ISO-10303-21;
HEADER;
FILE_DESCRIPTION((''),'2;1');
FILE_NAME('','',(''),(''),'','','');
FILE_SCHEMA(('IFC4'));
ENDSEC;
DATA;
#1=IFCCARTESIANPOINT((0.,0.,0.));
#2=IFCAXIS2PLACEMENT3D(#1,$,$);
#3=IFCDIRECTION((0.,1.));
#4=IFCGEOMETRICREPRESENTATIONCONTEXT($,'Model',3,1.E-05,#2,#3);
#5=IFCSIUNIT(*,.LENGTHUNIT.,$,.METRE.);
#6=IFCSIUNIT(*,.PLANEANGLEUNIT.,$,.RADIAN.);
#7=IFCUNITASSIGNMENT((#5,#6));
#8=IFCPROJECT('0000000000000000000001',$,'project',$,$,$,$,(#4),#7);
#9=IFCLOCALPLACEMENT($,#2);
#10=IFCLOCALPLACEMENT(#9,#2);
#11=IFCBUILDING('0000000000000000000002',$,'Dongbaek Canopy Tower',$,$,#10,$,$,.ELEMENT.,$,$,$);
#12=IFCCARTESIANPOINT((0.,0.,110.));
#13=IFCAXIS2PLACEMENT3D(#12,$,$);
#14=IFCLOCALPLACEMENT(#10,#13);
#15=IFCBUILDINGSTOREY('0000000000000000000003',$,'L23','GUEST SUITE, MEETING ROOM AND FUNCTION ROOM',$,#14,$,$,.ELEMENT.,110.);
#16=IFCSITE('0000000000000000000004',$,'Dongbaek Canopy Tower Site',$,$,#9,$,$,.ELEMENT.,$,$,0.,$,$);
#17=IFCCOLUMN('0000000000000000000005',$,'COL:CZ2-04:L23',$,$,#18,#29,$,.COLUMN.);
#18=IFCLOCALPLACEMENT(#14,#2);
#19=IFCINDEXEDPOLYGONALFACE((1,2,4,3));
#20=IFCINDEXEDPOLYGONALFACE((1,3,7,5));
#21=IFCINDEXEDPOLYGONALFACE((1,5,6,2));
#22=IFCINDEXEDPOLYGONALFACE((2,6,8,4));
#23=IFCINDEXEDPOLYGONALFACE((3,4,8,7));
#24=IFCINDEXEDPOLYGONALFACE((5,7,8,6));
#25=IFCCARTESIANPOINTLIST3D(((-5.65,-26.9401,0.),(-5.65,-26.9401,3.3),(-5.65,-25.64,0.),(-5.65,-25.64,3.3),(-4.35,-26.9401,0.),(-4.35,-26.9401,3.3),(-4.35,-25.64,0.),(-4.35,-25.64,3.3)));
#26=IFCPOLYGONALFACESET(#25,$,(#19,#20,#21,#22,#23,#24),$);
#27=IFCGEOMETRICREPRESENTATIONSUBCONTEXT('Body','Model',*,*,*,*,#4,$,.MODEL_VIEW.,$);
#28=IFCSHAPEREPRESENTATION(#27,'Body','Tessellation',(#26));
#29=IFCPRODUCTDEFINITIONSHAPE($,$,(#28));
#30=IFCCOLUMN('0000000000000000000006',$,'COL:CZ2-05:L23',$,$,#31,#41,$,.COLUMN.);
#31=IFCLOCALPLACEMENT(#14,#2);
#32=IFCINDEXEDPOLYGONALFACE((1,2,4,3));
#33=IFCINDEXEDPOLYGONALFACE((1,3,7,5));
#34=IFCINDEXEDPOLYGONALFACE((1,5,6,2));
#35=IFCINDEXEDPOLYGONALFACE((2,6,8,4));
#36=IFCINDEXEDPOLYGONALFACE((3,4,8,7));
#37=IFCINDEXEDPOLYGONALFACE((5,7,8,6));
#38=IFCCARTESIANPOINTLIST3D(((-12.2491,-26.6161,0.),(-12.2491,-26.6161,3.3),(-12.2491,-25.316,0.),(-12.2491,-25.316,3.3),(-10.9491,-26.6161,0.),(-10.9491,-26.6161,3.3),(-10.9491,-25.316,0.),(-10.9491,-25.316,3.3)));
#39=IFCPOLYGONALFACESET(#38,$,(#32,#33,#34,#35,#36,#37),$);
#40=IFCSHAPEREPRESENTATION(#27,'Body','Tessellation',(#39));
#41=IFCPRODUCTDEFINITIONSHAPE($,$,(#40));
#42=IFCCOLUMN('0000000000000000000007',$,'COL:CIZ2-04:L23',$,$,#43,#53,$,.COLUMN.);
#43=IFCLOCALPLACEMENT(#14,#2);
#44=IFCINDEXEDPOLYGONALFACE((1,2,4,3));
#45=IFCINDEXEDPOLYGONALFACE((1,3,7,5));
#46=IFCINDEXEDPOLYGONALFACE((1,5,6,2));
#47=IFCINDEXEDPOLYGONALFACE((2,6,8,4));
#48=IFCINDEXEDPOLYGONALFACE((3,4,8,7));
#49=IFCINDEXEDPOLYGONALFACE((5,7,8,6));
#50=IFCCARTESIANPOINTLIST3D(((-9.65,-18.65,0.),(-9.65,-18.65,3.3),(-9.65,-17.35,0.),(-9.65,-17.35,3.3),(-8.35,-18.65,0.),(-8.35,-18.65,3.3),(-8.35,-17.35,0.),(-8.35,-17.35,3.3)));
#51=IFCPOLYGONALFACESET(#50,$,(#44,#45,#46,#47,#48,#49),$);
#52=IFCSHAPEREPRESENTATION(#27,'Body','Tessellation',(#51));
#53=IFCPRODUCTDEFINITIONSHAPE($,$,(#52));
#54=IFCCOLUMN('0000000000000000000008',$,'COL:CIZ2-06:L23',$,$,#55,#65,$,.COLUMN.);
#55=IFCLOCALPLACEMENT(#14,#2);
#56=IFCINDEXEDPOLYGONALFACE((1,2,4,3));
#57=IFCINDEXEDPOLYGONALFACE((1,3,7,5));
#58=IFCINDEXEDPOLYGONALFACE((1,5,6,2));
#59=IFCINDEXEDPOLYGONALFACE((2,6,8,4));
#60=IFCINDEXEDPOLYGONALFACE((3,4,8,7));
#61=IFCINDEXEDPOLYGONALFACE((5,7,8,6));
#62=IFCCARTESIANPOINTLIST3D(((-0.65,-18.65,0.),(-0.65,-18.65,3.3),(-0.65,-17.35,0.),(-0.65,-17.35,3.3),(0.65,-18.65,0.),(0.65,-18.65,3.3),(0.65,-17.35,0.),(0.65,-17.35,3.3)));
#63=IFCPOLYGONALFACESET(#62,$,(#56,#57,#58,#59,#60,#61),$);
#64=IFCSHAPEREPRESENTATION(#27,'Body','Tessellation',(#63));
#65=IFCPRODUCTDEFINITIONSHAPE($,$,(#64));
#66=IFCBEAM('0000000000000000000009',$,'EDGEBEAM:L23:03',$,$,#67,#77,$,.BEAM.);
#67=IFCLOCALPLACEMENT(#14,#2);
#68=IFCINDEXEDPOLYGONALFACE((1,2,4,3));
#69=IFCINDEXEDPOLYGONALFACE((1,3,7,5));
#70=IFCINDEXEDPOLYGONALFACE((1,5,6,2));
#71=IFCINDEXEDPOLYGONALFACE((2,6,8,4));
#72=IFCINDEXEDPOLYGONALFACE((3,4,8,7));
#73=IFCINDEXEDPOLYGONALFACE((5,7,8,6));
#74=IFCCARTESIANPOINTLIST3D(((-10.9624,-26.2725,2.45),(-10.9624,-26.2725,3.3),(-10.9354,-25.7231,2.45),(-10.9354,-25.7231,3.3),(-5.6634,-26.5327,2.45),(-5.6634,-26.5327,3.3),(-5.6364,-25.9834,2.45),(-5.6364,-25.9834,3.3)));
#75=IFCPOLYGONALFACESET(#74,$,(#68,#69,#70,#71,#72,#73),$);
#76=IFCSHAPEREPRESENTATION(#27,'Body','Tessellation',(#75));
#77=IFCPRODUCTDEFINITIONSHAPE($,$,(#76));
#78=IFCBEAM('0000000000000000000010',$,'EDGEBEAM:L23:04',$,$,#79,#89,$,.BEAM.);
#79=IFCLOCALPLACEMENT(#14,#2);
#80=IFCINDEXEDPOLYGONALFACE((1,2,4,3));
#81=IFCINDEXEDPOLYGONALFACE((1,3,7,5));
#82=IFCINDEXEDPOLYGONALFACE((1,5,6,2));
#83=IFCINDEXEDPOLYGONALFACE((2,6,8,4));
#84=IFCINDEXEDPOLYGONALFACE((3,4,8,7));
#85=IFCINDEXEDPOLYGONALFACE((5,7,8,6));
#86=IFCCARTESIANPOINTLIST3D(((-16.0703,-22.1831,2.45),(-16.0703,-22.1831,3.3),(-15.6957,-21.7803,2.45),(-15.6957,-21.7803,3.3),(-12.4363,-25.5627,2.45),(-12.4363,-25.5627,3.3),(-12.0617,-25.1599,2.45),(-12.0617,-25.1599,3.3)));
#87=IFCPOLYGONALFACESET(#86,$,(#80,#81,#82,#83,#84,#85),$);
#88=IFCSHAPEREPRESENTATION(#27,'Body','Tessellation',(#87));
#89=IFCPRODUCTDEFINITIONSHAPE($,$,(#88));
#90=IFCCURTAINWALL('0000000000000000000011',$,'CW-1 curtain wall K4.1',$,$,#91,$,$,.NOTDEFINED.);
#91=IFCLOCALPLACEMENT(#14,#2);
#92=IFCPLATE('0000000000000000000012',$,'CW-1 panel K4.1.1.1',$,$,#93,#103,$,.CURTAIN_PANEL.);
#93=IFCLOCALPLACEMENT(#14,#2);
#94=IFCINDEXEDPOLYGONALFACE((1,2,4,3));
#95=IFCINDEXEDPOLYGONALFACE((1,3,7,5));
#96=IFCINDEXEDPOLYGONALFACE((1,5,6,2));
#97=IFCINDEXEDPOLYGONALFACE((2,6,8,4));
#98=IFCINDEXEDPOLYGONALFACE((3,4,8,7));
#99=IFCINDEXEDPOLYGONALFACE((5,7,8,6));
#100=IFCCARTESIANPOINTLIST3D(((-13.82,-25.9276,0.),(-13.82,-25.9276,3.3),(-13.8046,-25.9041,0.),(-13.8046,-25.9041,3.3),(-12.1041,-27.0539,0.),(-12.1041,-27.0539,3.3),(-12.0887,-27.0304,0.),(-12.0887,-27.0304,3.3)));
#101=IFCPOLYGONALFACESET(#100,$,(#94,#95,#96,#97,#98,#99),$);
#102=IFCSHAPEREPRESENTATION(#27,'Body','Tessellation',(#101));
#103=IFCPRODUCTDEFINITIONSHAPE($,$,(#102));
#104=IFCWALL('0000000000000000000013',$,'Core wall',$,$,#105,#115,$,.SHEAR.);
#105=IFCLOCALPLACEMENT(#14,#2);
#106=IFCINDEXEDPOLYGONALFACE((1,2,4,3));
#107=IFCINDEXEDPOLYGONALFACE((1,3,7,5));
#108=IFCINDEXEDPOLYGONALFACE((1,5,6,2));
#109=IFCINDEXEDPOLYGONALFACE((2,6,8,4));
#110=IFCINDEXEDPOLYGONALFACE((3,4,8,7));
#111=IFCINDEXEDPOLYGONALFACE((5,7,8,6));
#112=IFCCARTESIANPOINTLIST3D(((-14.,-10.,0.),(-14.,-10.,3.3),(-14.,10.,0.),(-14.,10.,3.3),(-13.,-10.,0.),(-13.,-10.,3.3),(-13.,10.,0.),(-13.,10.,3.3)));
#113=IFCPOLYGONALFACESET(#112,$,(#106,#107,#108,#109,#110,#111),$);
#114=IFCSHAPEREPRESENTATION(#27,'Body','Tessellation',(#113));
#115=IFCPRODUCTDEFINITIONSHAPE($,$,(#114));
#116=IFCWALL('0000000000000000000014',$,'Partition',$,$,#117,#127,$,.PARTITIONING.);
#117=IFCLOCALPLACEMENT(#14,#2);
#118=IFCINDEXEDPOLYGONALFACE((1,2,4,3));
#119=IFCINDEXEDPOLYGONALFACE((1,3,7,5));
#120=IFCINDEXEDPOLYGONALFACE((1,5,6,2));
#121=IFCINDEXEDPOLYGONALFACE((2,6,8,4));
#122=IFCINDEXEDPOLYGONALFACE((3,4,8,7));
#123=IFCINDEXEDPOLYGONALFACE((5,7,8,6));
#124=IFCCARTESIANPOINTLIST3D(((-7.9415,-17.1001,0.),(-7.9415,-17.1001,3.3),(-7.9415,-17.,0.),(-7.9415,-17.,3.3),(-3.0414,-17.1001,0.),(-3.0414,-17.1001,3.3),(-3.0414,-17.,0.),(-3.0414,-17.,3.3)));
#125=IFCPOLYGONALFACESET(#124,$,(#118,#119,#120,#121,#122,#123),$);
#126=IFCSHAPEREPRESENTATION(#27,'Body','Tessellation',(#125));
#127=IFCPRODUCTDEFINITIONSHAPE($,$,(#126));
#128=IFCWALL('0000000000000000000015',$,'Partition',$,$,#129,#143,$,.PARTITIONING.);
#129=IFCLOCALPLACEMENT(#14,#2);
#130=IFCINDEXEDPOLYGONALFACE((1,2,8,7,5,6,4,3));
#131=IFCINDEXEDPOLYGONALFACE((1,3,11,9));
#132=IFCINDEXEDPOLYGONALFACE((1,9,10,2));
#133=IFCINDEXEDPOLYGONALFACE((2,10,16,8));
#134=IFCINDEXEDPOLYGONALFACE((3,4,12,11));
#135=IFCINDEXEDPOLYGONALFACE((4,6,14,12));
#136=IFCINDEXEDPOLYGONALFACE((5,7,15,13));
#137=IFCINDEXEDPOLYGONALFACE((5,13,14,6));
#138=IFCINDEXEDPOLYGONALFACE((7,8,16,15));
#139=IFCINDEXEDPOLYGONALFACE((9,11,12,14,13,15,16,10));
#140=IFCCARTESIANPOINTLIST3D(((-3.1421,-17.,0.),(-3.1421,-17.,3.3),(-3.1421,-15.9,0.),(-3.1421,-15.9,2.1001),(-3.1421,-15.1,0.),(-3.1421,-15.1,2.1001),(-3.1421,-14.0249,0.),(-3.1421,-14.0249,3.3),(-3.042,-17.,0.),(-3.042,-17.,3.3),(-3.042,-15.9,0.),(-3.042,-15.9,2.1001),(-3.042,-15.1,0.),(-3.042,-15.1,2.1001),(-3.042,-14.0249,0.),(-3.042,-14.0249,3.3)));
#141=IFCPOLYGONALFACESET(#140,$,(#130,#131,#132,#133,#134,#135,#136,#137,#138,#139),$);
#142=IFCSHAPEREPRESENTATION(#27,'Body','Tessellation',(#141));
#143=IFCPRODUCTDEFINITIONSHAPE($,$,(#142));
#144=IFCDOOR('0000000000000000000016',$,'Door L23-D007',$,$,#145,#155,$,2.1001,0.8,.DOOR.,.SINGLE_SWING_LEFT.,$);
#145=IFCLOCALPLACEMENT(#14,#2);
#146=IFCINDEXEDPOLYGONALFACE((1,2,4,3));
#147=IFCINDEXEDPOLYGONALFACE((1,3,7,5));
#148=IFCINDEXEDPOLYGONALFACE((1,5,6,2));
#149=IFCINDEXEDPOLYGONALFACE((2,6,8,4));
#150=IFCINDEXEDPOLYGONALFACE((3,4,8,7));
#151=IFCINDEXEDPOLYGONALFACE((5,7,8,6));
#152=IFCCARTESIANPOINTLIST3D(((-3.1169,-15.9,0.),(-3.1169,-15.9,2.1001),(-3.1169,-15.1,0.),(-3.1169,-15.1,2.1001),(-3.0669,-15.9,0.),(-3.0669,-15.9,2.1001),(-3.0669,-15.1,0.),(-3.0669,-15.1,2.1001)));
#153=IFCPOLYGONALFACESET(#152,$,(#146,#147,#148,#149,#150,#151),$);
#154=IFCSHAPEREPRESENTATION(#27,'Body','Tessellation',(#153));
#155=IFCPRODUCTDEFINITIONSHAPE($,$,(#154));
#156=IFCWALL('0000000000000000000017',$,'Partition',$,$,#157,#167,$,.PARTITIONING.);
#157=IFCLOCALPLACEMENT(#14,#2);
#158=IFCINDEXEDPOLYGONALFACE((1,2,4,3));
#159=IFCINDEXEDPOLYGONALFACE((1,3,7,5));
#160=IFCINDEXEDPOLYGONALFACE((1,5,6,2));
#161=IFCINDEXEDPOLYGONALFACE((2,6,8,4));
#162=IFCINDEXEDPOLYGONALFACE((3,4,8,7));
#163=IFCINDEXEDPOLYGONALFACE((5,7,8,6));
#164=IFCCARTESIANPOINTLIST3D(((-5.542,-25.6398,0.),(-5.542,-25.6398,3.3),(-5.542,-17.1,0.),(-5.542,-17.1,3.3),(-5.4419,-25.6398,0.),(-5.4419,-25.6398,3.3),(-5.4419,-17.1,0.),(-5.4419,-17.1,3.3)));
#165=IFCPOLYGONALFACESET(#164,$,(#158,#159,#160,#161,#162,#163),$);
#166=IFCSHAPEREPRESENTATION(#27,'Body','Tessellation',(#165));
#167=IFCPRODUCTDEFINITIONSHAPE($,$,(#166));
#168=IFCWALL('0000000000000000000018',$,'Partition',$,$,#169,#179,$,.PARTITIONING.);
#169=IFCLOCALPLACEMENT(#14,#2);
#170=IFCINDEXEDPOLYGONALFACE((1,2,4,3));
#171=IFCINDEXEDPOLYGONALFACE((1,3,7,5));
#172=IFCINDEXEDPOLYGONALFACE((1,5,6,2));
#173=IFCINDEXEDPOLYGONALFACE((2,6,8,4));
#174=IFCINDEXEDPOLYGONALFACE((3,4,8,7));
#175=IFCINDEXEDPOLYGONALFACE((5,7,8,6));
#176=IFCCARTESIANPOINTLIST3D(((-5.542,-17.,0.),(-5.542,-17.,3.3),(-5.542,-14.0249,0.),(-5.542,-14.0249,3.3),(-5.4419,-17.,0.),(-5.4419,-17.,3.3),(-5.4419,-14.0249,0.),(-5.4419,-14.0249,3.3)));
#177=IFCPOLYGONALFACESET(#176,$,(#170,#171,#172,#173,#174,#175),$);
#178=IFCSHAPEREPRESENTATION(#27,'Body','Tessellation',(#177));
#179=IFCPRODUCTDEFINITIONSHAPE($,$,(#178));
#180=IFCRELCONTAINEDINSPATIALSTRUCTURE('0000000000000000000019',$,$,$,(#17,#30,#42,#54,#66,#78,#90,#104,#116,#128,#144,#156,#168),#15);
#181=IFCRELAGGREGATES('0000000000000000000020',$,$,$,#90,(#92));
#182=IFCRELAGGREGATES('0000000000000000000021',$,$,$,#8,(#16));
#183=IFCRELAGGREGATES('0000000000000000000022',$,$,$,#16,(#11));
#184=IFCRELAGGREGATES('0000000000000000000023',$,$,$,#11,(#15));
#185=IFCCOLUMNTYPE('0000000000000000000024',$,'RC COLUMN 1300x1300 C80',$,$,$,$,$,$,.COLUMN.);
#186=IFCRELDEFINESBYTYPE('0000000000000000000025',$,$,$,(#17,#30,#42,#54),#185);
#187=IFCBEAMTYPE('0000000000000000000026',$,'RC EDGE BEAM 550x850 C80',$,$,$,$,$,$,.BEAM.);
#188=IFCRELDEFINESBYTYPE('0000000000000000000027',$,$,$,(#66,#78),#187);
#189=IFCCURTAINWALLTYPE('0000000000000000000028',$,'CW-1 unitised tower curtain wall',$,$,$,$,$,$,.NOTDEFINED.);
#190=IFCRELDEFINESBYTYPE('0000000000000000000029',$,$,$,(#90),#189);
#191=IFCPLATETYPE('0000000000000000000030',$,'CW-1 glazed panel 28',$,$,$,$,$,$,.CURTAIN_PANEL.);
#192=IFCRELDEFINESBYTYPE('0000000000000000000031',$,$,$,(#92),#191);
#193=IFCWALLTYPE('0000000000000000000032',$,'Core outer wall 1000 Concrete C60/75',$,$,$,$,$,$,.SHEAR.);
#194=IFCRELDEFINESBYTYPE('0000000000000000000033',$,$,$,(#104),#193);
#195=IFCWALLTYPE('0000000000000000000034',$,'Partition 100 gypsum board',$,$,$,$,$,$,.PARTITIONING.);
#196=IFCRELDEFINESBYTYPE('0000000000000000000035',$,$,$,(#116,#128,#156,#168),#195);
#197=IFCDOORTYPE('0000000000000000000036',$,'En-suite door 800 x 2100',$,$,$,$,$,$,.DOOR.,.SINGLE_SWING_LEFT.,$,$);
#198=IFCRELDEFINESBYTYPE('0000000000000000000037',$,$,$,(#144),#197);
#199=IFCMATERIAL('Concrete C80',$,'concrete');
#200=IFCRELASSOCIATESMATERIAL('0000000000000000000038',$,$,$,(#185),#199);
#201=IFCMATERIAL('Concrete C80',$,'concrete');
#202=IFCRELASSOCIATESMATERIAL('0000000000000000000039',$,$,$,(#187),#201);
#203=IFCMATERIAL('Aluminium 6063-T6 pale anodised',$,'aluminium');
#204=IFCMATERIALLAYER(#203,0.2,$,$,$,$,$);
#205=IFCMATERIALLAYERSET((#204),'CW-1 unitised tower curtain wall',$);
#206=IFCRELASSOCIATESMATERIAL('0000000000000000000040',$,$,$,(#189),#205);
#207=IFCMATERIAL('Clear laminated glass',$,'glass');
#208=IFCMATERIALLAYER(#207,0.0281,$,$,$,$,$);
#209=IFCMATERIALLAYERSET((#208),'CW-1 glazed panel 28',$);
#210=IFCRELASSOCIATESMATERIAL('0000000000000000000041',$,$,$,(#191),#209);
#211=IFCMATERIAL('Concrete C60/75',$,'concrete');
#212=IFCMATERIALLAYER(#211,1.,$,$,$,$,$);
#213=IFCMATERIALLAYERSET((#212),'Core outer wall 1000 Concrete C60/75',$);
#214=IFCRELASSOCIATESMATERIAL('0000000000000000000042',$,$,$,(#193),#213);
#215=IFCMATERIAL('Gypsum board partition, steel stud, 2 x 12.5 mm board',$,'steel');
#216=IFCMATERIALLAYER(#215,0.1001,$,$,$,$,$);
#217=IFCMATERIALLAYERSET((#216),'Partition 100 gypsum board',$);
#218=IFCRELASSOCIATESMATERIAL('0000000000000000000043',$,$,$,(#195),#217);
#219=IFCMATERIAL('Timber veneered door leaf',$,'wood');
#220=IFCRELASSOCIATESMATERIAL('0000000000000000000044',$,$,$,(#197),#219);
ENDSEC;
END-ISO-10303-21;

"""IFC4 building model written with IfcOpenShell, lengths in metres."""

from ifc_helpers import new_model, si_unit, direction, frame, frame_2d, origin, origin_2d, place, context, subcontext, project, spatial, rectangle, extrude, material, layer, layer_set, material_profile, profile_set, type_object, element, fill, aggregate, save


model = new_model("IFC4")

# Units and contexts
model_context = context("Model", 3, precision=1e-05, world=origin(), true_north=direction((0.0, 1.0)))
body_context = subcontext(model_context, "Body", "Model", "MODEL_VIEW")
ifc_project = project(units=[si_unit("LENGTHUNIT", "METRE"), si_unit("PLANEANGLEUNIT", "RADIAN")], contexts=[model_context])

# Site, building, storey
site_placement = place(None, origin())
site = spatial("IfcSite", under=ifc_project, at=site_placement, Name="Dongbaek Canopy Tower Site", CompositionType="ELEMENT", RefElevation=0.0)
building_placement = place(site_placement, origin())
building = spatial("IfcBuilding", under=site, at=building_placement, Name="Dongbaek Canopy Tower", CompositionType="ELEMENT")
storey_placement = place(building_placement, frame((0.0, 0.0, 110.0)))
storey = spatial("IfcBuildingStorey", under=building, at=storey_placement, Name="L23", Description="GUEST SUITE, MEETING ROOM AND FUNCTION ROOM", CompositionType="ELEMENT", Elevation=110.0)

# Columns
ifc_material_1 = material(Name="Concrete C80", Category="concrete")
ifc_material_profile_1 = material_profile(ifc_material_1, rectangle(XDim=1.3, YDim=1.3, at=origin_2d()), Name="RC COLUMN 1300x1300 C80")
ifc_profile_set_1 = profile_set([ifc_material_profile_1], Name="Concrete C80")
column_type = type_object("IfcColumnType", Name="RC COLUMN 1300x1300 C80", PredefinedType="COLUMN", material=ifc_profile_set_1)
for number, where, z_axis, x_axis, name in (
    (1, (-5.0, -26.29, 0.0), (0.0, 0.0, 1.0), (1.0, 0.0, 0.0), "COL:CZ2-04:L23"),
    (2, (-11.5991, -25.9661, 0.0), (0.0, 0.0, 1.0), (1.0, 0.0, 0.0), "COL:CZ2-05:L23"),
    (3, (-9.0, -18.0, 0.0), (0.0, 0.0, 1.0), (1.0, 0.0, 0.0), "COL:CIZ2-04:L23"),
    (4, (0.0, -18.0, 0.0), (0.0, 0.0, 1.0), (1.0, 0.0, 0.0), "COL:CIZ2-06:L23"),
):
    element("IfcColumn", number, at=place(storey_placement, frame(where, z_axis=z_axis, x_axis=x_axis)), inside=storey, type_object=column_type, Name=name, PredefinedType="COLUMN", context=body_context, shape_type="SweptSolid", body=[
        extrude(rectangle(XDim=1.3, YDim=1.3, at=origin_2d()), origin(), (0.0, 0.0, 1.0), 3.3),
    ])

# Beams
ifc_material_2 = material(Name="Concrete C80", Category="concrete")
ifc_material_profile_2 = material_profile(ifc_material_2, rectangle(XDim=0.55, YDim=0.8501, at=origin_2d()), Name="RC EDGE BEAM 550x850 C80")
ifc_profile_set_2 = profile_set([ifc_material_profile_2], Name="Concrete C80")
beam_type = type_object("IfcBeamType", Name="RC EDGE BEAM 550x850 C80", PredefinedType="BEAM", material=ifc_profile_set_2)
beam_1_placement = place(storey_placement, frame((-5.6499, -26.2581, 2.875), z_axis=(-0.998796, 0.049054, 0.0), x_axis=(-0.049054, -0.998796, 0.0)))
element("IfcBeam", 5, at=beam_1_placement, inside=storey, type_object=beam_type, Name="EDGEBEAM:L23:03", PredefinedType="BEAM", context=body_context, shape_type="SweptSolid", body=[
    extrude(rectangle(XDim=0.55, YDim=0.8501, at=origin_2d()), origin(), (0.0, 0.0, 1.0), 5.3054),
])
beam_2_placement = place(storey_placement, frame((-12.249, -25.3613, 2.875), z_axis=(-0.732273, 0.681011, 0.0), x_axis=(-0.681011, -0.732273, 0.0)))
element("IfcBeam", 6, at=beam_2_placement, inside=storey, type_object=beam_type, Name="EDGEBEAM:L23:04", PredefinedType="BEAM", context=body_context, shape_type="SweptSolid", body=[
    extrude(rectangle(XDim=0.55, YDim=0.8501, at=origin_2d()), origin(), (0.0, 0.0, 1.0), 4.9626),
])

# Curtain wall, plate
ifc_material_3 = material(Name="Aluminium 6063-T6 pale anodised", Category="aluminium")
ifc_layer_1 = layer(ifc_material_3, 0.2)
ifc_layer_set_1 = layer_set([ifc_layer_1], Name="CW-1 unitised tower curtain wall")
curtain_wall_type = type_object("IfcCurtainWallType", Name="CW-1 unitised tower curtain wall", PredefinedType="NOTDEFINED", material=ifc_layer_set_1)
curtain_wall_placement = place(storey_placement, origin())
curtain_wall = element("IfcCurtainWall", 7, at=curtain_wall_placement, inside=storey, type_object=curtain_wall_type, Name="CW-1 curtain wall K4.1", PredefinedType="NOTDEFINED")
ifc_material_4 = material(Name="Clear laminated glass", Category="glass")
ifc_layer_2 = layer(ifc_material_4, 0.0281)
ifc_layer_set_2 = layer_set([ifc_layer_2], Name="CW-1 glazed panel 28")
plate_type = type_object("IfcPlateType", Name="CW-1 glazed panel 28", PredefinedType="CURTAIN_PANEL", material=ifc_layer_set_2)
plate_placement = place(storey_placement, frame((-12.9543, -26.479, 0.0), z_axis=(0.0, 0.0, 1.0), x_axis=(0.836004, -0.548724, 0.0)))
plate = element("IfcPlate", 8, at=plate_placement, type_object=plate_type, Name="CW-1 panel K4.1.1.1", PredefinedType="CURTAIN_PANEL", context=body_context, shape_type="SweptSolid", body=[
    extrude(rectangle(XDim=2.0525, YDim=0.0281, at=origin_2d()), origin(), (0.0, 0.0, 1.0), 3.3),
])
aggregate(curtain_wall, [plate])

# Walls
ifc_material_5 = material(Name="Concrete C60/75", Category="concrete")
ifc_layer_3 = layer(ifc_material_5, 1.0)
ifc_layer_set_3 = layer_set([ifc_layer_3], Name="Core outer wall 1000 Concrete C60/75")
wall_type_1 = type_object("IfcWallType", Name="Core outer wall 1000 Concrete C60/75", PredefinedType="SHEAR", material=ifc_layer_set_3)
wall_1_placement = place(storey_placement, frame((-13.5, -10.0, 0.0), z_axis=(0.0, 0.0, 1.0), x_axis=(0.0, 1.0, 0.0)))
element("IfcWall", 9, at=wall_1_placement, inside=storey, type_object=wall_type_1, Name="Core wall", PredefinedType="SHEAR", context=body_context, shape_type="SweptSolid", body=[
    extrude(rectangle(XDim=20.0, YDim=1.0, at=frame_2d((10.0, 0.0))), origin(), (0.0, 0.0, 1.0), 3.3),
])
ifc_material_6 = material(Name="Gypsum board partition, steel stud, 2 x 12.5 mm board", Category="steel")
ifc_layer_4 = layer(ifc_material_6, 0.1001)
ifc_layer_set_4 = layer_set([ifc_layer_4], Name="Partition 100 gypsum board")
wall_type_2 = type_object("IfcWallType", Name="Partition 100 gypsum board", PredefinedType="PARTITIONING", material=ifc_layer_set_4)
wall_2_placement = place(storey_placement, frame((-7.9417, -17.05, 0.0), z_axis=(0.0, 0.0, 1.0), x_axis=(1.0, 0.0, 0.0)))
element("IfcWall", 10, at=wall_2_placement, inside=storey, type_object=wall_type_2, Name="Partition", PredefinedType="PARTITIONING", context=body_context, shape_type="SweptSolid", body=[
    extrude(rectangle(XDim=4.9001, YDim=0.1001, at=frame_2d((2.4502, 0.0))), origin(), (0.0, 0.0, 1.0), 3.3),
])

# Wall, opening, door
wall_3_placement = place(storey_placement, frame((-3.092, -17.0, 0.0), z_axis=(0.0, 0.0, 1.0), x_axis=(0.0, 1.0, 0.0)))
wall_3 = element("IfcWall", 11, at=wall_3_placement, inside=storey, type_object=wall_type_2, Name="Partition", PredefinedType="PARTITIONING", context=body_context, shape_type="SweptSolid", body=[
    extrude(rectangle(XDim=2.9751, YDim=0.1001, at=frame_2d((1.4875, 0.0))), origin(), (0.0, 0.0, 1.0), 3.3),
])
opening_1_placement = place(wall_3_placement, frame((1.1001, 0.0, 0.0)))
opening_1 = element("IfcOpeningElement", 12, at=opening_1_placement, cuts=wall_3, PredefinedType="OPENING", context=body_context, shape_type="SweptSolid", body=[
    extrude(rectangle(XDim=0.8, YDim=2.1001, at=frame_2d((0.3999, 1.05))), frame((0.0, 0.0601, 0.0), z_axis=(0.0, -1.0, 0.0), x_axis=(1.0, 0.0, 0.0)), (0.0, 0.0, 1.0), 0.1201),
])
ifc_material_7 = material(Name="Timber veneered door leaf", Category="wood")
door_type = type_object("IfcDoorType", Name="En-suite door 800 x 2100", OperationType="SINGLE_SWING_LEFT", PredefinedType="DOOR", material=ifc_material_7)
door_1_placement = place(opening_1_placement, origin())
door_1 = element("IfcDoor", 13, at=door_1_placement, inside=storey, type_object=door_type, Name="Door L23-D007", OperationType="SINGLE_SWING_LEFT", OverallHeight=2.1001, OverallWidth=0.8, PredefinedType="DOOR", context=body_context, shape_type="SweptSolid", body=[
    extrude(rectangle(XDim=0.8, YDim=2.1001, at=frame_2d((0.3999, 1.05))), frame((0.0, 0.0249, 0.0), z_axis=(0.0, -1.0, 0.0), x_axis=(1.0, 0.0, 0.0)), (0.0, 0.0, 1.0), 0.05),
])
fill(opening_1, door_1)

# Walls
wall_4_placement = place(storey_placement, frame((-5.4919, -25.6399, 0.0), z_axis=(0.0, 0.0, 1.0), x_axis=(0.0, 1.0, 0.0)))
element("IfcWall", 14, at=wall_4_placement, inside=storey, type_object=wall_type_2, Name="Partition", PredefinedType="PARTITIONING", context=body_context, shape_type="SweptSolid", body=[
    extrude(rectangle(XDim=8.5398, YDim=0.1001, at=frame_2d((4.27, 0.0))), origin(), (0.0, 0.0, 1.0), 3.3),
])
wall_5_placement = place(storey_placement, frame((-5.4919, -17.0, 0.0), z_axis=(0.0, 0.0, 1.0), x_axis=(0.0, 1.0, 0.0)))
element("IfcWall", 15, at=wall_5_placement, inside=storey, type_object=wall_type_2, Name="Partition", PredefinedType="PARTITIONING", context=body_context, shape_type="SweptSolid", body=[
    extrude(rectangle(XDim=2.9751, YDim=0.1001, at=frame_2d((1.4875, 0.0))), origin(), (0.0, 0.0, 1.0), 3.3),
])

save(model, "model.ifc")
